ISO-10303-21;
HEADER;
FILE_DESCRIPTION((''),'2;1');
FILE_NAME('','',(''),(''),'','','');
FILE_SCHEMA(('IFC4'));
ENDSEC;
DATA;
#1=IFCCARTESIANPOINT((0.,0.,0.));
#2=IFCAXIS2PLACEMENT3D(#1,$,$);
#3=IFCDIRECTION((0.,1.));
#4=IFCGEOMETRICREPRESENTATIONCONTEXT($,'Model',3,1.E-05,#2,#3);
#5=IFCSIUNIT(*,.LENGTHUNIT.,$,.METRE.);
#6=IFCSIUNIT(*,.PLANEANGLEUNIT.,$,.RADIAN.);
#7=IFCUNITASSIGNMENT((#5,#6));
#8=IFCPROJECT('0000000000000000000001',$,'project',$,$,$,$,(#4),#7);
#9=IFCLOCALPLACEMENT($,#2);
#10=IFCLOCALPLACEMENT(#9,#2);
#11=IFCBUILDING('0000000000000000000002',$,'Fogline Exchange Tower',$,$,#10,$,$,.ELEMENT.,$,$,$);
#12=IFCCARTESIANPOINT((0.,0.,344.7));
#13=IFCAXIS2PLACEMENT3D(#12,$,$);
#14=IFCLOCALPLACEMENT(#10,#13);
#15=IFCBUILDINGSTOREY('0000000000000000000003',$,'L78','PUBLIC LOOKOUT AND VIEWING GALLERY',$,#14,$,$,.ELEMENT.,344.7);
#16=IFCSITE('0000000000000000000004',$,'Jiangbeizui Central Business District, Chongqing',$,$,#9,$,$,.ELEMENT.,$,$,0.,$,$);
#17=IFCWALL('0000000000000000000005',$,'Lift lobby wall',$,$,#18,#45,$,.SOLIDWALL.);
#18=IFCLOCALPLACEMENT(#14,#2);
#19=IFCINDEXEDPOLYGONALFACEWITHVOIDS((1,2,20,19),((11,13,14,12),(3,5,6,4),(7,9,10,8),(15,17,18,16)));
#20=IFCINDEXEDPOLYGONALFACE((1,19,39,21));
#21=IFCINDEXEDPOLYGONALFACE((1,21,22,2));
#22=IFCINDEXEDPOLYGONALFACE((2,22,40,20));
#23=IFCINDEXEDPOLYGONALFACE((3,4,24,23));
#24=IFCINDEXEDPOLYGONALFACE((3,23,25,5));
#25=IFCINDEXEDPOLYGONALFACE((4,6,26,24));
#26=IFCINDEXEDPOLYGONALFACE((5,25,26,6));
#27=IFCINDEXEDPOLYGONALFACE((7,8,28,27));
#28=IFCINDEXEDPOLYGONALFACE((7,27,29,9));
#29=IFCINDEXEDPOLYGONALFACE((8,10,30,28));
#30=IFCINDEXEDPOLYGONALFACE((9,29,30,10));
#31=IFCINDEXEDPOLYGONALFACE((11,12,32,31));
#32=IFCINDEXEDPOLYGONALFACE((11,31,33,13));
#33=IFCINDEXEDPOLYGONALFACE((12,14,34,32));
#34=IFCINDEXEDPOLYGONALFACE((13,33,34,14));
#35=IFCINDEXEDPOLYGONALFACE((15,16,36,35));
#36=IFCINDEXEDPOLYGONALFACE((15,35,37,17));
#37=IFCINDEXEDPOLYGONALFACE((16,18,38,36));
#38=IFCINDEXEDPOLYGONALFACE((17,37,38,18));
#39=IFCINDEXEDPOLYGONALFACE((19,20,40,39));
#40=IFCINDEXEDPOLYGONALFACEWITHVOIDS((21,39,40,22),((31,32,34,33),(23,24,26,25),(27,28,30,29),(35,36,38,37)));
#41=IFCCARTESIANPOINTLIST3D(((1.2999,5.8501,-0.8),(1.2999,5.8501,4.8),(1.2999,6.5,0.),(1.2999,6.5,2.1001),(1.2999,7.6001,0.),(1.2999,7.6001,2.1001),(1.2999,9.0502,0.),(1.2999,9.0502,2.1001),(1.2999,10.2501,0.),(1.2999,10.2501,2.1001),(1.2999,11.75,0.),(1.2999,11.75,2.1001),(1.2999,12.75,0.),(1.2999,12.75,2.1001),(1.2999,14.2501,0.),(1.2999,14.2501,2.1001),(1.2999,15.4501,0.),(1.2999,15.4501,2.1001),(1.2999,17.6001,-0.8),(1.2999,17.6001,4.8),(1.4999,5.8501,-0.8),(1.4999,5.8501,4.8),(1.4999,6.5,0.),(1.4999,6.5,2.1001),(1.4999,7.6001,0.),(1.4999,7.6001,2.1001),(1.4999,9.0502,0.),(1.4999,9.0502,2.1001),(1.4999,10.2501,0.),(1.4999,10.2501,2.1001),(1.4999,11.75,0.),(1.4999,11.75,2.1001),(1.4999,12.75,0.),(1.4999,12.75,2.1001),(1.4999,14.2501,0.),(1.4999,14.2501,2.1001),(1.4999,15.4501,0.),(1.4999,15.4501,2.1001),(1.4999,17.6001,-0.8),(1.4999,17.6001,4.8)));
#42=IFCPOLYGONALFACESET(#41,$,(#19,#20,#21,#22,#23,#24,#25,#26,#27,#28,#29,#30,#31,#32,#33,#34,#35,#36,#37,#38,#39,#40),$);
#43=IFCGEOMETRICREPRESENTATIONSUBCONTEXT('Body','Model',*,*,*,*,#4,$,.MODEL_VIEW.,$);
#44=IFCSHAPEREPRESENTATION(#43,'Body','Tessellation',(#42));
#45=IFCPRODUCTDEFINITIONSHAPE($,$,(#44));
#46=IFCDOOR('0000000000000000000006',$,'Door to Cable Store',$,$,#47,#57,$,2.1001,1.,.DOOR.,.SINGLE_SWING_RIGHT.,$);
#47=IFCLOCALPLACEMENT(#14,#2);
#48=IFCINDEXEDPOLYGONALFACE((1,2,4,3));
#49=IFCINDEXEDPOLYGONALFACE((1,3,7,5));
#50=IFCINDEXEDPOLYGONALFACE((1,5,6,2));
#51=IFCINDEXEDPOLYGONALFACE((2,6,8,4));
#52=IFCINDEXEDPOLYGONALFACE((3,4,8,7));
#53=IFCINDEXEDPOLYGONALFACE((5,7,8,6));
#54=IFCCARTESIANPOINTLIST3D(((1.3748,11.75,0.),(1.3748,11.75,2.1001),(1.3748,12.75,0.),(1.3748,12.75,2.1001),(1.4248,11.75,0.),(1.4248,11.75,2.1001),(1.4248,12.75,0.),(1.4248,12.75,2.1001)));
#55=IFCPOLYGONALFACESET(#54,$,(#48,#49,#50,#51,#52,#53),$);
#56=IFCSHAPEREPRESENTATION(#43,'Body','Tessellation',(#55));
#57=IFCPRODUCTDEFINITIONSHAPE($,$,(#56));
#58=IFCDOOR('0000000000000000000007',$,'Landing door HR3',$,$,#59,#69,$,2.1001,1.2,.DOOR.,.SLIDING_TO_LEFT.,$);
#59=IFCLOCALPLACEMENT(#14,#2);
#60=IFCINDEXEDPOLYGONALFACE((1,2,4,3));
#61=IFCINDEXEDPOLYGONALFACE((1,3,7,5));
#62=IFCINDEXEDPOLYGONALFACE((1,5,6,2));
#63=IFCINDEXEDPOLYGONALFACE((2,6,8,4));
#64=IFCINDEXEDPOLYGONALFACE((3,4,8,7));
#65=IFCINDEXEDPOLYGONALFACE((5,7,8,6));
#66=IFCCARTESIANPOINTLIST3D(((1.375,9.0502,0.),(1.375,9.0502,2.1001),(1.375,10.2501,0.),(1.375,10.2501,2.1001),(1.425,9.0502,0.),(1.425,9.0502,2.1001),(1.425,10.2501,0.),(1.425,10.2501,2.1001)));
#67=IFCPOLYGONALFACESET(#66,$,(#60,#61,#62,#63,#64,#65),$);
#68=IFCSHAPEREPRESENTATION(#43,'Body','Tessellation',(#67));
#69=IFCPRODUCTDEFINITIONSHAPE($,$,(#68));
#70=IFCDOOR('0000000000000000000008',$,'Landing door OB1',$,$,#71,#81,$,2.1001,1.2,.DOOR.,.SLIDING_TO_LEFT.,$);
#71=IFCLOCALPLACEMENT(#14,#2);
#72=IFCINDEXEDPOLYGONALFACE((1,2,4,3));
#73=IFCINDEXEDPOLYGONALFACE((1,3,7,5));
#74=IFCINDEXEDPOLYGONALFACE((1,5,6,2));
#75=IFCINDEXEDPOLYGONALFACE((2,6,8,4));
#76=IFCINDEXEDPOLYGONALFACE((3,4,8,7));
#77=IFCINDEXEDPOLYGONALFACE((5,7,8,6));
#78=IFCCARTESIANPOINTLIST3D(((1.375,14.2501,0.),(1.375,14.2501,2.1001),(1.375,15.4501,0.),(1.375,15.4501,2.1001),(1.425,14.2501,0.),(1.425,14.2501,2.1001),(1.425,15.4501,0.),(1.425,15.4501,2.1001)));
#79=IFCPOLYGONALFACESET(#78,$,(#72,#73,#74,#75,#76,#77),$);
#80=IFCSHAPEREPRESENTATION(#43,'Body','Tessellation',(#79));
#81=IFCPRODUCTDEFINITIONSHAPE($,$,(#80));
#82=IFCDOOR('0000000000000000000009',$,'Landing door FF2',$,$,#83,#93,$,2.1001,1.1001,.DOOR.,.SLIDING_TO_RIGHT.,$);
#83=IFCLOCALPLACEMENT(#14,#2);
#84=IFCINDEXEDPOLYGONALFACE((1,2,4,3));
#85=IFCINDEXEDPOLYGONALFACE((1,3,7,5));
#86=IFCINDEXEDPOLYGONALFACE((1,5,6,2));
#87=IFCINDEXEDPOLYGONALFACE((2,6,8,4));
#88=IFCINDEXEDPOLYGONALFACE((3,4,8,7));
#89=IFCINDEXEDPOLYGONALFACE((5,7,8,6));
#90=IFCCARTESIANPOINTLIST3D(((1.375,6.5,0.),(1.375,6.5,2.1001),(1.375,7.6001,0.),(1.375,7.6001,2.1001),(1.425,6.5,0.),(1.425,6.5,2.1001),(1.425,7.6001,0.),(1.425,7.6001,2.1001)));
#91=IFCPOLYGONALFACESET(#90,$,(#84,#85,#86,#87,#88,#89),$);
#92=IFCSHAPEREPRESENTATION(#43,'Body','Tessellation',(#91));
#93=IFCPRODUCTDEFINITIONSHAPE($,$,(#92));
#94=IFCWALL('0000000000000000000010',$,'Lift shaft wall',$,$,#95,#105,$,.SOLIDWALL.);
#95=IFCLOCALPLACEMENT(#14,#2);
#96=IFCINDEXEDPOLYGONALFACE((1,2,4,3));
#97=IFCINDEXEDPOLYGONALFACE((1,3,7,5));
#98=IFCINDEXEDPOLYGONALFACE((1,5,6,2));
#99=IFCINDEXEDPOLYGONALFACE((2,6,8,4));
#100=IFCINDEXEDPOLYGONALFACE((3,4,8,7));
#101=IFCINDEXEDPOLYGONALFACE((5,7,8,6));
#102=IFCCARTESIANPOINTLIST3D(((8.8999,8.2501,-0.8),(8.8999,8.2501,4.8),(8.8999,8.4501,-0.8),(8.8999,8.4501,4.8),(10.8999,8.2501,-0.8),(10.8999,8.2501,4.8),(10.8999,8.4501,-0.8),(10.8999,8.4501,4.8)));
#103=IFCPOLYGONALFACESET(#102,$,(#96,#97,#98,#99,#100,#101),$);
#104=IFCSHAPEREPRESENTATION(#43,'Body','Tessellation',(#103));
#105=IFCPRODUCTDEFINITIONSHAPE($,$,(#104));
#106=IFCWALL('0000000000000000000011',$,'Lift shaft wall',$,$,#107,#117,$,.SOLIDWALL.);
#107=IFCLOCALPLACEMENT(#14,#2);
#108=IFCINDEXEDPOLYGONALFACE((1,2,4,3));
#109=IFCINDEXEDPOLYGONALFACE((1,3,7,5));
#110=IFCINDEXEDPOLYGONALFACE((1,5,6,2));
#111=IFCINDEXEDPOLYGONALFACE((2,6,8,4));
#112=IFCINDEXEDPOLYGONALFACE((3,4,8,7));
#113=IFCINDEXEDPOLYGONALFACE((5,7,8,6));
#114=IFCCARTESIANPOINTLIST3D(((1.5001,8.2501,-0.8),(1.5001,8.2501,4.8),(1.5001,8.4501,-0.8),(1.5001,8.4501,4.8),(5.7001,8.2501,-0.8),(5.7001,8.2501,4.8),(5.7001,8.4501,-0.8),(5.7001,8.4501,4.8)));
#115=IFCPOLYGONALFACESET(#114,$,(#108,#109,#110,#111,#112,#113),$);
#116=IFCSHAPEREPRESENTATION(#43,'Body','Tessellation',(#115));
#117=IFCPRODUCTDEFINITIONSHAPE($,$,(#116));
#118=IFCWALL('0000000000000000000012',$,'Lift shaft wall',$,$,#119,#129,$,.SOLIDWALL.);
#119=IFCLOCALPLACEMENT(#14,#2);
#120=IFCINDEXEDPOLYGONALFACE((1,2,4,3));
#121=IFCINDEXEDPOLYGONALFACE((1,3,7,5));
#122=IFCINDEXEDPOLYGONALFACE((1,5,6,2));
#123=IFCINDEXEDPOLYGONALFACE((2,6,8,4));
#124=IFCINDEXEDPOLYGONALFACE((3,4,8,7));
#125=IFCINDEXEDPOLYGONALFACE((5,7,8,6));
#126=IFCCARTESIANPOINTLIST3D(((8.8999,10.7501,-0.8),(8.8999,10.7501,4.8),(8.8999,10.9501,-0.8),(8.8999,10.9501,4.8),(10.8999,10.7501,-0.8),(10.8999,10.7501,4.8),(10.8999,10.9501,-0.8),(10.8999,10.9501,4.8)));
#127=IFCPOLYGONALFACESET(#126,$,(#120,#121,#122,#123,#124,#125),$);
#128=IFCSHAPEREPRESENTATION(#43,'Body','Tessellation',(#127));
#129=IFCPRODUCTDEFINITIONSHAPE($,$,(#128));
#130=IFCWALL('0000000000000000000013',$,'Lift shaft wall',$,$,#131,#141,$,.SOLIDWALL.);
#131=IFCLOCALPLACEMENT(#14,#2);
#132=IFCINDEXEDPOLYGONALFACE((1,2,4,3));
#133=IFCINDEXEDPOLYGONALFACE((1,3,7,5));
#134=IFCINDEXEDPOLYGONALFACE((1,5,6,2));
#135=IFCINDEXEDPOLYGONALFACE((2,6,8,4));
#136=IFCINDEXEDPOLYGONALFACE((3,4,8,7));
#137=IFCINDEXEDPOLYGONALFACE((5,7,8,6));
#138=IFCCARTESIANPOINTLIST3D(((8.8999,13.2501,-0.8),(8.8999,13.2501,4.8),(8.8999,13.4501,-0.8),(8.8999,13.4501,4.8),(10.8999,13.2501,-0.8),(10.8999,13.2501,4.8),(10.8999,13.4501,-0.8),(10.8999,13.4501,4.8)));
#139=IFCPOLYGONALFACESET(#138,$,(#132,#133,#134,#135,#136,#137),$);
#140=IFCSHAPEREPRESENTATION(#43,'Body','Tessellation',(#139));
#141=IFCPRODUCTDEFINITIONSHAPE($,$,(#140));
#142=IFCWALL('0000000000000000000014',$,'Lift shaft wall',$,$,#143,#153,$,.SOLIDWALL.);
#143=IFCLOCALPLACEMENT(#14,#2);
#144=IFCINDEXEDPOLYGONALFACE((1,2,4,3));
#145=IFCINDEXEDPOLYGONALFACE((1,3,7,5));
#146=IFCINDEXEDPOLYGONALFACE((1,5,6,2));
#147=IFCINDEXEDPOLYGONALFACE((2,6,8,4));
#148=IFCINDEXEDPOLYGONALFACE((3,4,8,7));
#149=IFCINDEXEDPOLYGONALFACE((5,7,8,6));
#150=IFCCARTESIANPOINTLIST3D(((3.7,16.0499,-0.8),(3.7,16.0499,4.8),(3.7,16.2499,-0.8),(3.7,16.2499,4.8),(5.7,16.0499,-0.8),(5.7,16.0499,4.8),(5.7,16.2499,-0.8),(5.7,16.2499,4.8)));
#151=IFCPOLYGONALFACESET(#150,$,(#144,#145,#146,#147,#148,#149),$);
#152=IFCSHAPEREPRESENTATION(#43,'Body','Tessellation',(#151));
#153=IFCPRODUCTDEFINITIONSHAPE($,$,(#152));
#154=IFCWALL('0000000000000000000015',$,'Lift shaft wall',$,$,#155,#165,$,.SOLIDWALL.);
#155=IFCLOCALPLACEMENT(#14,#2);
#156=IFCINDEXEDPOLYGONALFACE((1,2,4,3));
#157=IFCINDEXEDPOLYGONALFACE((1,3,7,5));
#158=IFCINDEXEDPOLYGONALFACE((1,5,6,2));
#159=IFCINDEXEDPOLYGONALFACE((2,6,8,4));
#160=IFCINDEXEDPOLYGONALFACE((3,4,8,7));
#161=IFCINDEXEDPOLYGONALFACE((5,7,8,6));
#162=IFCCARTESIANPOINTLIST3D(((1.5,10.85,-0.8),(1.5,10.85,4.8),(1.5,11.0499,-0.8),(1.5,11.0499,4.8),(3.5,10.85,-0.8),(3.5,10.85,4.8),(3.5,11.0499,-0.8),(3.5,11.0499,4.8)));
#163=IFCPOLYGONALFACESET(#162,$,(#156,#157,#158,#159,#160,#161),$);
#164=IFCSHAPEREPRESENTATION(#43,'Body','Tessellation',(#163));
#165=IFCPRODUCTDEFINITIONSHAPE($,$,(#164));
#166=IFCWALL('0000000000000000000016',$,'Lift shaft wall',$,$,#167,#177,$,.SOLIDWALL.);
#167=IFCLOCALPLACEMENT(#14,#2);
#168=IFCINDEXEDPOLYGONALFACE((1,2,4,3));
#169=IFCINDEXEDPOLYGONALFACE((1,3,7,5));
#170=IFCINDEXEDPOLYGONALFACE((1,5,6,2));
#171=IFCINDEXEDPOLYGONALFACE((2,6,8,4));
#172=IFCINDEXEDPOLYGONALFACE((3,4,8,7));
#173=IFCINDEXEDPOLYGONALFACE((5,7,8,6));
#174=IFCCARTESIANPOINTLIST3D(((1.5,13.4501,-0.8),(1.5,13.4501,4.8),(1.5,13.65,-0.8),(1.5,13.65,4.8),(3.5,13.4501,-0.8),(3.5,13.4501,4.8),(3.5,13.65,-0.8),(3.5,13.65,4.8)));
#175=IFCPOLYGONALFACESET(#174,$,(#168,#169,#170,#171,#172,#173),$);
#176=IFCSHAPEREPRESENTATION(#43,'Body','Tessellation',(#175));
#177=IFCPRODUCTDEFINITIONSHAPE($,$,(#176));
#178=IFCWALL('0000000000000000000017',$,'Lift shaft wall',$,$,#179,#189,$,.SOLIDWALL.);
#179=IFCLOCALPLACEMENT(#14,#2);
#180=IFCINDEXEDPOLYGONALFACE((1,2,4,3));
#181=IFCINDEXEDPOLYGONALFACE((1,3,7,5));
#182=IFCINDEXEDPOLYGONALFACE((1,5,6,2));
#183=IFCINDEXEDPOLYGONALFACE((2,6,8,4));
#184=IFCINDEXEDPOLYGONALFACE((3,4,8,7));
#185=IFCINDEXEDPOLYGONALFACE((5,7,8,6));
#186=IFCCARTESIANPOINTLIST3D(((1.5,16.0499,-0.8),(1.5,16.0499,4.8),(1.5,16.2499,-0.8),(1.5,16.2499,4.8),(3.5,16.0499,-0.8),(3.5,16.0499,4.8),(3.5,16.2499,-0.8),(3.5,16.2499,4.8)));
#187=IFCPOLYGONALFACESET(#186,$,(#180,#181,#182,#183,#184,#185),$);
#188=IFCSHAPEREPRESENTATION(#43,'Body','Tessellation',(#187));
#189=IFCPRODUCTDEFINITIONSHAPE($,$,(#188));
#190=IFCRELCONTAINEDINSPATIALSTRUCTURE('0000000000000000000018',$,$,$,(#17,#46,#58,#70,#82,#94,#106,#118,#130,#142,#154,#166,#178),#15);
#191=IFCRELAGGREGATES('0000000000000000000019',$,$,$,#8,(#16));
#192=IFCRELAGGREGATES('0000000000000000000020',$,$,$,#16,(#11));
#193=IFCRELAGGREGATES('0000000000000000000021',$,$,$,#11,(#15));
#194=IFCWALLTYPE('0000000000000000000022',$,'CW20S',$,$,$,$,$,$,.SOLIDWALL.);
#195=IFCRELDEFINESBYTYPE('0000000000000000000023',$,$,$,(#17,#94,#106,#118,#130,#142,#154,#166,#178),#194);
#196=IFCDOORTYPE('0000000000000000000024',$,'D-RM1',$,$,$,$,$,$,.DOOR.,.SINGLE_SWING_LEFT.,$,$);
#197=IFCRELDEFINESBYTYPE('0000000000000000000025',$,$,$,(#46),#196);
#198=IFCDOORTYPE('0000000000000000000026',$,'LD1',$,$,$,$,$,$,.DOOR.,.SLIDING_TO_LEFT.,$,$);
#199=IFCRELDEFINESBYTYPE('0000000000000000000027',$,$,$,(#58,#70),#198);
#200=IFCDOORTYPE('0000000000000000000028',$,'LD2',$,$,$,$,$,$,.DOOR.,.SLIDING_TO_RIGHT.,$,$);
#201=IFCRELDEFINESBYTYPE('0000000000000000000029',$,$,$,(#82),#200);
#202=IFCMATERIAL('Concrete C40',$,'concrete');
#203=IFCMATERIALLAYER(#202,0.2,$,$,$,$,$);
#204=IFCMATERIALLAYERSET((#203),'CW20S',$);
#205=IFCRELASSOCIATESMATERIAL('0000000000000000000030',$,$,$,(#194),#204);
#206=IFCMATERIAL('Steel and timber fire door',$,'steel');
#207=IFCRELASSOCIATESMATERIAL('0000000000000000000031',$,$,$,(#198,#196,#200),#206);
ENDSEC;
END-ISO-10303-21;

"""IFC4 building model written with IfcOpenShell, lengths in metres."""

from ifc_helpers import new_model, si_unit, direction, frame, frame_2d, origin, place, context, subcontext, project, spatial, rectangle, extrude, material, layer, layer_set, type_object, element, fill, save


model = new_model("IFC4")

# Units and contexts
model_context = context("Model", 3, precision=1e-05, world=origin(), true_north=direction((0.0, 1.0)))
body_context = subcontext(model_context, "Body", "Model", "MODEL_VIEW")
ifc_project = project(units=[si_unit("LENGTHUNIT", "METRE"), si_unit("PLANEANGLEUNIT", "RADIAN")], contexts=[model_context])

# Site, building, storey
site_placement = place(None, origin())
site = spatial("IfcSite", under=ifc_project, at=site_placement, Name="Jiangbeizui Central Business District, Chongqing", CompositionType="ELEMENT", RefElevation=0.0)
building_placement = place(site_placement, origin())
building = spatial("IfcBuilding", under=site, at=building_placement, Name="Fogline Exchange Tower", CompositionType="ELEMENT")
storey_placement = place(building_placement, frame((0.0, 0.0, 344.7)))
storey = spatial("IfcBuildingStorey", under=building, at=storey_placement, Name="L78", Description="PUBLIC LOOKOUT AND VIEWING GALLERY", CompositionType="ELEMENT", Elevation=344.7)

# Shared definitions
ifc_material_1 = material(Name="Concrete C40", Category="concrete")

# Shared definitions
ifc_material_2 = material(Name="Steel and timber fire door", Category="steel")

# Shared definitions
ifc_layer_1 = layer(ifc_material_1, 0.2)
ifc_layer_set_1 = layer_set([ifc_layer_1], Name="CW20S")
wall_type_1 = type_object("IfcWallType", Name="CW20S", PredefinedType="SOLIDWALL", material=ifc_layer_set_1)
door_type_1 = type_object("IfcDoorType", Name="LD1", OperationType="SLIDING_TO_LEFT", PredefinedType="DOOR", material=ifc_material_2)

# Shared definitions
door_type_2 = type_object("IfcDoorType", Name="D-RM1", OperationType="SINGLE_SWING_LEFT", PredefinedType="DOOR", material=ifc_material_2)

# Wall, openings, doors
wall_1_placement = place(storey_placement, frame((1.3999, 5.8501, -0.8), z_axis=(0.0, 0.0, 1.0), x_axis=(0.0, 1.0, 0.0)))
wall_1 = element("IfcWall", 1, at=wall_1_placement, inside=storey, type_object=wall_type_1, Name="Lift lobby wall", PredefinedType="SOLIDWALL", context=body_context, shape_type="SweptSolid", body=[
    extrude(rectangle(XDim=11.75, YDim=0.2, at=frame_2d((5.875, 0.0))), origin(), (0.0, 0.0, 1.0), 5.6001),
])
opening_1_placement = place(wall_1_placement, frame((3.2, 0.0, 0.8)))
opening_1 = element("IfcOpeningElement", 2, at=opening_1_placement, cuts=wall_1, PredefinedType="OPENING", context=body_context, shape_type="SweptSolid", body=[
    extrude(rectangle(XDim=1.2, YDim=2.1001, at=frame_2d((0.6001, 1.05))), frame((0.0, 0.1099, 0.0), z_axis=(0.0, -1.0, 0.0), x_axis=(1.0, 0.0, 0.0)), (0.0, 0.0, 1.0), 0.22),
])
opening_2_placement = place(wall_1_placement, frame((8.3999, 0.0, 0.8)))
opening_2 = element("IfcOpeningElement", 3, at=opening_2_placement, cuts=wall_1, PredefinedType="OPENING", context=body_context, shape_type="SweptSolid", body=[
    extrude(rectangle(XDim=1.2, YDim=2.1001, at=frame_2d((0.6001, 1.05))), frame((0.0, 0.1099, 0.0), z_axis=(0.0, -1.0, 0.0), x_axis=(1.0, 0.0, 0.0)), (0.0, 0.0, 1.0), 0.22),
])
opening_3_placement = place(wall_1_placement, frame((0.6499, 0.0, 0.8)))
opening_3 = element("IfcOpeningElement", 4, at=opening_3_placement, cuts=wall_1, PredefinedType="OPENING", context=body_context, shape_type="SweptSolid", body=[
    extrude(rectangle(XDim=1.1001, YDim=2.1001, at=frame_2d((0.55, 1.05))), frame((0.0, 0.1099, 0.0), z_axis=(0.0, -1.0, 0.0), x_axis=(1.0, 0.0, 0.0)), (0.0, 0.0, 1.0), 0.22),
])
opening_4_placement = place(wall_1_placement, frame((5.8999, 0.0, 0.8)))
opening_4 = element("IfcOpeningElement", 5, at=opening_4_placement, cuts=wall_1, PredefinedType="OPENING", context=body_context, shape_type="SweptSolid", body=[
    extrude(rectangle(XDim=1.0, YDim=2.1001, at=frame_2d((0.5, 1.05))), frame((0.0, 0.1099, 0.0), z_axis=(0.0, -1.0, 0.0), x_axis=(1.0, 0.0, 0.0)), (0.0, 0.0, 1.0), 0.22),
])
door_1_placement = place(opening_4_placement, frame((1.0, 0.0, 0.0), z_axis=(0.0, 0.0, 1.0), x_axis=(-1.0, 0.0, 0.0)))
door_1 = element("IfcDoor", 6, at=door_1_placement, inside=storey, type_object=door_type_2, Name="Door to Cable Store", OperationType="SINGLE_SWING_RIGHT", OverallHeight=2.1001, OverallWidth=1.0, PredefinedType="DOOR", context=body_context, shape_type="SweptSolid", body=[
    extrude(rectangle(XDim=1.0, YDim=2.1001, at=frame_2d((0.5, 1.05))), frame((0.0, 0.0249, 0.0), z_axis=(0.0, -1.0, 0.0), x_axis=(1.0, 0.0, 0.0)), (0.0, 0.0, 1.0), 0.05),
])
fill(opening_4, door_1)
door_2_placement = place(opening_1_placement, origin())
door_2 = element("IfcDoor", 7, at=door_2_placement, inside=storey, type_object=door_type_1, Name="Landing door HR3", OperationType="SLIDING_TO_LEFT", OverallHeight=2.1001, OverallWidth=1.2, PredefinedType="DOOR", context=body_context, shape_type="SweptSolid", body=[
    extrude(rectangle(XDim=1.2, YDim=2.1001, at=frame_2d((0.6001, 1.05))), frame((0.0, 0.0249, 0.0), z_axis=(0.0, -1.0, 0.0), x_axis=(1.0, 0.0, 0.0)), (0.0, 0.0, 1.0), 0.05),
])
fill(opening_1, door_2)
door_3_placement = place(opening_2_placement, origin())
door_3 = element("IfcDoor", 8, at=door_3_placement, inside=storey, type_object=door_type_1, Name="Landing door OB1", OperationType="SLIDING_TO_LEFT", OverallHeight=2.1001, OverallWidth=1.2, PredefinedType="DOOR", context=body_context, shape_type="SweptSolid", body=[
    extrude(rectangle(XDim=1.2, YDim=2.1001, at=frame_2d((0.6001, 1.05))), frame((0.0, 0.0249, 0.0), z_axis=(0.0, -1.0, 0.0), x_axis=(1.0, 0.0, 0.0)), (0.0, 0.0, 1.0), 0.05),
])
fill(opening_2, door_3)
door_type_3 = type_object("IfcDoorType", Name="LD2", OperationType="SLIDING_TO_RIGHT", PredefinedType="DOOR", material=ifc_material_2)
door_4_placement = place(opening_3_placement, origin())
door_4 = element("IfcDoor", 9, at=door_4_placement, inside=storey, type_object=door_type_3, Name="Landing door FF2", OperationType="SLIDING_TO_RIGHT", OverallHeight=2.1001, OverallWidth=1.1001, PredefinedType="DOOR", context=body_context, shape_type="SweptSolid", body=[
    extrude(rectangle(XDim=1.1001, YDim=2.1001, at=frame_2d((0.55, 1.05))), frame((0.0, 0.0249, 0.0), z_axis=(0.0, -1.0, 0.0), x_axis=(1.0, 0.0, 0.0)), (0.0, 0.0, 1.0), 0.05),
])
fill(opening_3, door_4)

# Walls
wall_2_placement = place(storey_placement, frame((8.8999, 8.3501, -0.8), z_axis=(0.0, 0.0, 1.0), x_axis=(1.0, 0.0, 0.0)))
element("IfcWall", 10, at=wall_2_placement, inside=storey, type_object=wall_type_1, Name="Lift shaft wall", PredefinedType="SOLIDWALL", context=body_context, shape_type="SweptSolid", body=[
    extrude(rectangle(XDim=2.0, YDim=0.2, at=frame_2d((1.0, 0.0))), origin(), (0.0, 0.0, 1.0), 5.6001),
])
wall_3_placement = place(storey_placement, frame((1.5, 8.3501, -0.8), z_axis=(0.0, 0.0, 1.0), x_axis=(1.0, 0.0, 0.0)))
element("IfcWall", 11, at=wall_3_placement, inside=storey, type_object=wall_type_1, Name="Lift shaft wall", PredefinedType="SOLIDWALL", context=body_context, shape_type="SweptSolid", body=[
    extrude(rectangle(XDim=4.2, YDim=0.2, at=frame_2d((2.1001, 0.0))), origin(), (0.0, 0.0, 1.0), 5.6001),
])
for number, where, z_axis, x_axis, name in (
    (12, (8.8999, 10.8501, -0.8), (0.0, 0.0, 1.0), (1.0, 0.0, 0.0), "Lift shaft wall"),
    (13, (8.8999, 13.3501, -0.8), (0.0, 0.0, 1.0), (1.0, 0.0, 0.0), "Lift shaft wall"),
    (14, (3.7, 16.1499, -0.8), (0.0, 0.0, 1.0), (1.0, 0.0, 0.0), "Lift shaft wall"),
    (15, (1.5, 10.95, -0.8), (0.0, 0.0, 1.0), (1.0, 0.0, 0.0), "Lift shaft wall"),
    (16, (1.5, 13.55, -0.8), (0.0, 0.0, 1.0), (1.0, 0.0, 0.0), "Lift shaft wall"),
    (17, (1.5, 16.1499, -0.8), (0.0, 0.0, 1.0), (1.0, 0.0, 0.0), "Lift shaft wall"),
):
    element("IfcWall", number, at=place(storey_placement, frame(where, z_axis=z_axis, x_axis=x_axis)), inside=storey, type_object=wall_type_1, Name=name, PredefinedType="SOLIDWALL", context=body_context, shape_type="SweptSolid", body=[
        extrude(rectangle(XDim=2.0, YDim=0.2, at=frame_2d((1.0, 0.0))), origin(), (0.0, 0.0, 1.0), 5.6001),
    ])

save(model, "model.ifc")
